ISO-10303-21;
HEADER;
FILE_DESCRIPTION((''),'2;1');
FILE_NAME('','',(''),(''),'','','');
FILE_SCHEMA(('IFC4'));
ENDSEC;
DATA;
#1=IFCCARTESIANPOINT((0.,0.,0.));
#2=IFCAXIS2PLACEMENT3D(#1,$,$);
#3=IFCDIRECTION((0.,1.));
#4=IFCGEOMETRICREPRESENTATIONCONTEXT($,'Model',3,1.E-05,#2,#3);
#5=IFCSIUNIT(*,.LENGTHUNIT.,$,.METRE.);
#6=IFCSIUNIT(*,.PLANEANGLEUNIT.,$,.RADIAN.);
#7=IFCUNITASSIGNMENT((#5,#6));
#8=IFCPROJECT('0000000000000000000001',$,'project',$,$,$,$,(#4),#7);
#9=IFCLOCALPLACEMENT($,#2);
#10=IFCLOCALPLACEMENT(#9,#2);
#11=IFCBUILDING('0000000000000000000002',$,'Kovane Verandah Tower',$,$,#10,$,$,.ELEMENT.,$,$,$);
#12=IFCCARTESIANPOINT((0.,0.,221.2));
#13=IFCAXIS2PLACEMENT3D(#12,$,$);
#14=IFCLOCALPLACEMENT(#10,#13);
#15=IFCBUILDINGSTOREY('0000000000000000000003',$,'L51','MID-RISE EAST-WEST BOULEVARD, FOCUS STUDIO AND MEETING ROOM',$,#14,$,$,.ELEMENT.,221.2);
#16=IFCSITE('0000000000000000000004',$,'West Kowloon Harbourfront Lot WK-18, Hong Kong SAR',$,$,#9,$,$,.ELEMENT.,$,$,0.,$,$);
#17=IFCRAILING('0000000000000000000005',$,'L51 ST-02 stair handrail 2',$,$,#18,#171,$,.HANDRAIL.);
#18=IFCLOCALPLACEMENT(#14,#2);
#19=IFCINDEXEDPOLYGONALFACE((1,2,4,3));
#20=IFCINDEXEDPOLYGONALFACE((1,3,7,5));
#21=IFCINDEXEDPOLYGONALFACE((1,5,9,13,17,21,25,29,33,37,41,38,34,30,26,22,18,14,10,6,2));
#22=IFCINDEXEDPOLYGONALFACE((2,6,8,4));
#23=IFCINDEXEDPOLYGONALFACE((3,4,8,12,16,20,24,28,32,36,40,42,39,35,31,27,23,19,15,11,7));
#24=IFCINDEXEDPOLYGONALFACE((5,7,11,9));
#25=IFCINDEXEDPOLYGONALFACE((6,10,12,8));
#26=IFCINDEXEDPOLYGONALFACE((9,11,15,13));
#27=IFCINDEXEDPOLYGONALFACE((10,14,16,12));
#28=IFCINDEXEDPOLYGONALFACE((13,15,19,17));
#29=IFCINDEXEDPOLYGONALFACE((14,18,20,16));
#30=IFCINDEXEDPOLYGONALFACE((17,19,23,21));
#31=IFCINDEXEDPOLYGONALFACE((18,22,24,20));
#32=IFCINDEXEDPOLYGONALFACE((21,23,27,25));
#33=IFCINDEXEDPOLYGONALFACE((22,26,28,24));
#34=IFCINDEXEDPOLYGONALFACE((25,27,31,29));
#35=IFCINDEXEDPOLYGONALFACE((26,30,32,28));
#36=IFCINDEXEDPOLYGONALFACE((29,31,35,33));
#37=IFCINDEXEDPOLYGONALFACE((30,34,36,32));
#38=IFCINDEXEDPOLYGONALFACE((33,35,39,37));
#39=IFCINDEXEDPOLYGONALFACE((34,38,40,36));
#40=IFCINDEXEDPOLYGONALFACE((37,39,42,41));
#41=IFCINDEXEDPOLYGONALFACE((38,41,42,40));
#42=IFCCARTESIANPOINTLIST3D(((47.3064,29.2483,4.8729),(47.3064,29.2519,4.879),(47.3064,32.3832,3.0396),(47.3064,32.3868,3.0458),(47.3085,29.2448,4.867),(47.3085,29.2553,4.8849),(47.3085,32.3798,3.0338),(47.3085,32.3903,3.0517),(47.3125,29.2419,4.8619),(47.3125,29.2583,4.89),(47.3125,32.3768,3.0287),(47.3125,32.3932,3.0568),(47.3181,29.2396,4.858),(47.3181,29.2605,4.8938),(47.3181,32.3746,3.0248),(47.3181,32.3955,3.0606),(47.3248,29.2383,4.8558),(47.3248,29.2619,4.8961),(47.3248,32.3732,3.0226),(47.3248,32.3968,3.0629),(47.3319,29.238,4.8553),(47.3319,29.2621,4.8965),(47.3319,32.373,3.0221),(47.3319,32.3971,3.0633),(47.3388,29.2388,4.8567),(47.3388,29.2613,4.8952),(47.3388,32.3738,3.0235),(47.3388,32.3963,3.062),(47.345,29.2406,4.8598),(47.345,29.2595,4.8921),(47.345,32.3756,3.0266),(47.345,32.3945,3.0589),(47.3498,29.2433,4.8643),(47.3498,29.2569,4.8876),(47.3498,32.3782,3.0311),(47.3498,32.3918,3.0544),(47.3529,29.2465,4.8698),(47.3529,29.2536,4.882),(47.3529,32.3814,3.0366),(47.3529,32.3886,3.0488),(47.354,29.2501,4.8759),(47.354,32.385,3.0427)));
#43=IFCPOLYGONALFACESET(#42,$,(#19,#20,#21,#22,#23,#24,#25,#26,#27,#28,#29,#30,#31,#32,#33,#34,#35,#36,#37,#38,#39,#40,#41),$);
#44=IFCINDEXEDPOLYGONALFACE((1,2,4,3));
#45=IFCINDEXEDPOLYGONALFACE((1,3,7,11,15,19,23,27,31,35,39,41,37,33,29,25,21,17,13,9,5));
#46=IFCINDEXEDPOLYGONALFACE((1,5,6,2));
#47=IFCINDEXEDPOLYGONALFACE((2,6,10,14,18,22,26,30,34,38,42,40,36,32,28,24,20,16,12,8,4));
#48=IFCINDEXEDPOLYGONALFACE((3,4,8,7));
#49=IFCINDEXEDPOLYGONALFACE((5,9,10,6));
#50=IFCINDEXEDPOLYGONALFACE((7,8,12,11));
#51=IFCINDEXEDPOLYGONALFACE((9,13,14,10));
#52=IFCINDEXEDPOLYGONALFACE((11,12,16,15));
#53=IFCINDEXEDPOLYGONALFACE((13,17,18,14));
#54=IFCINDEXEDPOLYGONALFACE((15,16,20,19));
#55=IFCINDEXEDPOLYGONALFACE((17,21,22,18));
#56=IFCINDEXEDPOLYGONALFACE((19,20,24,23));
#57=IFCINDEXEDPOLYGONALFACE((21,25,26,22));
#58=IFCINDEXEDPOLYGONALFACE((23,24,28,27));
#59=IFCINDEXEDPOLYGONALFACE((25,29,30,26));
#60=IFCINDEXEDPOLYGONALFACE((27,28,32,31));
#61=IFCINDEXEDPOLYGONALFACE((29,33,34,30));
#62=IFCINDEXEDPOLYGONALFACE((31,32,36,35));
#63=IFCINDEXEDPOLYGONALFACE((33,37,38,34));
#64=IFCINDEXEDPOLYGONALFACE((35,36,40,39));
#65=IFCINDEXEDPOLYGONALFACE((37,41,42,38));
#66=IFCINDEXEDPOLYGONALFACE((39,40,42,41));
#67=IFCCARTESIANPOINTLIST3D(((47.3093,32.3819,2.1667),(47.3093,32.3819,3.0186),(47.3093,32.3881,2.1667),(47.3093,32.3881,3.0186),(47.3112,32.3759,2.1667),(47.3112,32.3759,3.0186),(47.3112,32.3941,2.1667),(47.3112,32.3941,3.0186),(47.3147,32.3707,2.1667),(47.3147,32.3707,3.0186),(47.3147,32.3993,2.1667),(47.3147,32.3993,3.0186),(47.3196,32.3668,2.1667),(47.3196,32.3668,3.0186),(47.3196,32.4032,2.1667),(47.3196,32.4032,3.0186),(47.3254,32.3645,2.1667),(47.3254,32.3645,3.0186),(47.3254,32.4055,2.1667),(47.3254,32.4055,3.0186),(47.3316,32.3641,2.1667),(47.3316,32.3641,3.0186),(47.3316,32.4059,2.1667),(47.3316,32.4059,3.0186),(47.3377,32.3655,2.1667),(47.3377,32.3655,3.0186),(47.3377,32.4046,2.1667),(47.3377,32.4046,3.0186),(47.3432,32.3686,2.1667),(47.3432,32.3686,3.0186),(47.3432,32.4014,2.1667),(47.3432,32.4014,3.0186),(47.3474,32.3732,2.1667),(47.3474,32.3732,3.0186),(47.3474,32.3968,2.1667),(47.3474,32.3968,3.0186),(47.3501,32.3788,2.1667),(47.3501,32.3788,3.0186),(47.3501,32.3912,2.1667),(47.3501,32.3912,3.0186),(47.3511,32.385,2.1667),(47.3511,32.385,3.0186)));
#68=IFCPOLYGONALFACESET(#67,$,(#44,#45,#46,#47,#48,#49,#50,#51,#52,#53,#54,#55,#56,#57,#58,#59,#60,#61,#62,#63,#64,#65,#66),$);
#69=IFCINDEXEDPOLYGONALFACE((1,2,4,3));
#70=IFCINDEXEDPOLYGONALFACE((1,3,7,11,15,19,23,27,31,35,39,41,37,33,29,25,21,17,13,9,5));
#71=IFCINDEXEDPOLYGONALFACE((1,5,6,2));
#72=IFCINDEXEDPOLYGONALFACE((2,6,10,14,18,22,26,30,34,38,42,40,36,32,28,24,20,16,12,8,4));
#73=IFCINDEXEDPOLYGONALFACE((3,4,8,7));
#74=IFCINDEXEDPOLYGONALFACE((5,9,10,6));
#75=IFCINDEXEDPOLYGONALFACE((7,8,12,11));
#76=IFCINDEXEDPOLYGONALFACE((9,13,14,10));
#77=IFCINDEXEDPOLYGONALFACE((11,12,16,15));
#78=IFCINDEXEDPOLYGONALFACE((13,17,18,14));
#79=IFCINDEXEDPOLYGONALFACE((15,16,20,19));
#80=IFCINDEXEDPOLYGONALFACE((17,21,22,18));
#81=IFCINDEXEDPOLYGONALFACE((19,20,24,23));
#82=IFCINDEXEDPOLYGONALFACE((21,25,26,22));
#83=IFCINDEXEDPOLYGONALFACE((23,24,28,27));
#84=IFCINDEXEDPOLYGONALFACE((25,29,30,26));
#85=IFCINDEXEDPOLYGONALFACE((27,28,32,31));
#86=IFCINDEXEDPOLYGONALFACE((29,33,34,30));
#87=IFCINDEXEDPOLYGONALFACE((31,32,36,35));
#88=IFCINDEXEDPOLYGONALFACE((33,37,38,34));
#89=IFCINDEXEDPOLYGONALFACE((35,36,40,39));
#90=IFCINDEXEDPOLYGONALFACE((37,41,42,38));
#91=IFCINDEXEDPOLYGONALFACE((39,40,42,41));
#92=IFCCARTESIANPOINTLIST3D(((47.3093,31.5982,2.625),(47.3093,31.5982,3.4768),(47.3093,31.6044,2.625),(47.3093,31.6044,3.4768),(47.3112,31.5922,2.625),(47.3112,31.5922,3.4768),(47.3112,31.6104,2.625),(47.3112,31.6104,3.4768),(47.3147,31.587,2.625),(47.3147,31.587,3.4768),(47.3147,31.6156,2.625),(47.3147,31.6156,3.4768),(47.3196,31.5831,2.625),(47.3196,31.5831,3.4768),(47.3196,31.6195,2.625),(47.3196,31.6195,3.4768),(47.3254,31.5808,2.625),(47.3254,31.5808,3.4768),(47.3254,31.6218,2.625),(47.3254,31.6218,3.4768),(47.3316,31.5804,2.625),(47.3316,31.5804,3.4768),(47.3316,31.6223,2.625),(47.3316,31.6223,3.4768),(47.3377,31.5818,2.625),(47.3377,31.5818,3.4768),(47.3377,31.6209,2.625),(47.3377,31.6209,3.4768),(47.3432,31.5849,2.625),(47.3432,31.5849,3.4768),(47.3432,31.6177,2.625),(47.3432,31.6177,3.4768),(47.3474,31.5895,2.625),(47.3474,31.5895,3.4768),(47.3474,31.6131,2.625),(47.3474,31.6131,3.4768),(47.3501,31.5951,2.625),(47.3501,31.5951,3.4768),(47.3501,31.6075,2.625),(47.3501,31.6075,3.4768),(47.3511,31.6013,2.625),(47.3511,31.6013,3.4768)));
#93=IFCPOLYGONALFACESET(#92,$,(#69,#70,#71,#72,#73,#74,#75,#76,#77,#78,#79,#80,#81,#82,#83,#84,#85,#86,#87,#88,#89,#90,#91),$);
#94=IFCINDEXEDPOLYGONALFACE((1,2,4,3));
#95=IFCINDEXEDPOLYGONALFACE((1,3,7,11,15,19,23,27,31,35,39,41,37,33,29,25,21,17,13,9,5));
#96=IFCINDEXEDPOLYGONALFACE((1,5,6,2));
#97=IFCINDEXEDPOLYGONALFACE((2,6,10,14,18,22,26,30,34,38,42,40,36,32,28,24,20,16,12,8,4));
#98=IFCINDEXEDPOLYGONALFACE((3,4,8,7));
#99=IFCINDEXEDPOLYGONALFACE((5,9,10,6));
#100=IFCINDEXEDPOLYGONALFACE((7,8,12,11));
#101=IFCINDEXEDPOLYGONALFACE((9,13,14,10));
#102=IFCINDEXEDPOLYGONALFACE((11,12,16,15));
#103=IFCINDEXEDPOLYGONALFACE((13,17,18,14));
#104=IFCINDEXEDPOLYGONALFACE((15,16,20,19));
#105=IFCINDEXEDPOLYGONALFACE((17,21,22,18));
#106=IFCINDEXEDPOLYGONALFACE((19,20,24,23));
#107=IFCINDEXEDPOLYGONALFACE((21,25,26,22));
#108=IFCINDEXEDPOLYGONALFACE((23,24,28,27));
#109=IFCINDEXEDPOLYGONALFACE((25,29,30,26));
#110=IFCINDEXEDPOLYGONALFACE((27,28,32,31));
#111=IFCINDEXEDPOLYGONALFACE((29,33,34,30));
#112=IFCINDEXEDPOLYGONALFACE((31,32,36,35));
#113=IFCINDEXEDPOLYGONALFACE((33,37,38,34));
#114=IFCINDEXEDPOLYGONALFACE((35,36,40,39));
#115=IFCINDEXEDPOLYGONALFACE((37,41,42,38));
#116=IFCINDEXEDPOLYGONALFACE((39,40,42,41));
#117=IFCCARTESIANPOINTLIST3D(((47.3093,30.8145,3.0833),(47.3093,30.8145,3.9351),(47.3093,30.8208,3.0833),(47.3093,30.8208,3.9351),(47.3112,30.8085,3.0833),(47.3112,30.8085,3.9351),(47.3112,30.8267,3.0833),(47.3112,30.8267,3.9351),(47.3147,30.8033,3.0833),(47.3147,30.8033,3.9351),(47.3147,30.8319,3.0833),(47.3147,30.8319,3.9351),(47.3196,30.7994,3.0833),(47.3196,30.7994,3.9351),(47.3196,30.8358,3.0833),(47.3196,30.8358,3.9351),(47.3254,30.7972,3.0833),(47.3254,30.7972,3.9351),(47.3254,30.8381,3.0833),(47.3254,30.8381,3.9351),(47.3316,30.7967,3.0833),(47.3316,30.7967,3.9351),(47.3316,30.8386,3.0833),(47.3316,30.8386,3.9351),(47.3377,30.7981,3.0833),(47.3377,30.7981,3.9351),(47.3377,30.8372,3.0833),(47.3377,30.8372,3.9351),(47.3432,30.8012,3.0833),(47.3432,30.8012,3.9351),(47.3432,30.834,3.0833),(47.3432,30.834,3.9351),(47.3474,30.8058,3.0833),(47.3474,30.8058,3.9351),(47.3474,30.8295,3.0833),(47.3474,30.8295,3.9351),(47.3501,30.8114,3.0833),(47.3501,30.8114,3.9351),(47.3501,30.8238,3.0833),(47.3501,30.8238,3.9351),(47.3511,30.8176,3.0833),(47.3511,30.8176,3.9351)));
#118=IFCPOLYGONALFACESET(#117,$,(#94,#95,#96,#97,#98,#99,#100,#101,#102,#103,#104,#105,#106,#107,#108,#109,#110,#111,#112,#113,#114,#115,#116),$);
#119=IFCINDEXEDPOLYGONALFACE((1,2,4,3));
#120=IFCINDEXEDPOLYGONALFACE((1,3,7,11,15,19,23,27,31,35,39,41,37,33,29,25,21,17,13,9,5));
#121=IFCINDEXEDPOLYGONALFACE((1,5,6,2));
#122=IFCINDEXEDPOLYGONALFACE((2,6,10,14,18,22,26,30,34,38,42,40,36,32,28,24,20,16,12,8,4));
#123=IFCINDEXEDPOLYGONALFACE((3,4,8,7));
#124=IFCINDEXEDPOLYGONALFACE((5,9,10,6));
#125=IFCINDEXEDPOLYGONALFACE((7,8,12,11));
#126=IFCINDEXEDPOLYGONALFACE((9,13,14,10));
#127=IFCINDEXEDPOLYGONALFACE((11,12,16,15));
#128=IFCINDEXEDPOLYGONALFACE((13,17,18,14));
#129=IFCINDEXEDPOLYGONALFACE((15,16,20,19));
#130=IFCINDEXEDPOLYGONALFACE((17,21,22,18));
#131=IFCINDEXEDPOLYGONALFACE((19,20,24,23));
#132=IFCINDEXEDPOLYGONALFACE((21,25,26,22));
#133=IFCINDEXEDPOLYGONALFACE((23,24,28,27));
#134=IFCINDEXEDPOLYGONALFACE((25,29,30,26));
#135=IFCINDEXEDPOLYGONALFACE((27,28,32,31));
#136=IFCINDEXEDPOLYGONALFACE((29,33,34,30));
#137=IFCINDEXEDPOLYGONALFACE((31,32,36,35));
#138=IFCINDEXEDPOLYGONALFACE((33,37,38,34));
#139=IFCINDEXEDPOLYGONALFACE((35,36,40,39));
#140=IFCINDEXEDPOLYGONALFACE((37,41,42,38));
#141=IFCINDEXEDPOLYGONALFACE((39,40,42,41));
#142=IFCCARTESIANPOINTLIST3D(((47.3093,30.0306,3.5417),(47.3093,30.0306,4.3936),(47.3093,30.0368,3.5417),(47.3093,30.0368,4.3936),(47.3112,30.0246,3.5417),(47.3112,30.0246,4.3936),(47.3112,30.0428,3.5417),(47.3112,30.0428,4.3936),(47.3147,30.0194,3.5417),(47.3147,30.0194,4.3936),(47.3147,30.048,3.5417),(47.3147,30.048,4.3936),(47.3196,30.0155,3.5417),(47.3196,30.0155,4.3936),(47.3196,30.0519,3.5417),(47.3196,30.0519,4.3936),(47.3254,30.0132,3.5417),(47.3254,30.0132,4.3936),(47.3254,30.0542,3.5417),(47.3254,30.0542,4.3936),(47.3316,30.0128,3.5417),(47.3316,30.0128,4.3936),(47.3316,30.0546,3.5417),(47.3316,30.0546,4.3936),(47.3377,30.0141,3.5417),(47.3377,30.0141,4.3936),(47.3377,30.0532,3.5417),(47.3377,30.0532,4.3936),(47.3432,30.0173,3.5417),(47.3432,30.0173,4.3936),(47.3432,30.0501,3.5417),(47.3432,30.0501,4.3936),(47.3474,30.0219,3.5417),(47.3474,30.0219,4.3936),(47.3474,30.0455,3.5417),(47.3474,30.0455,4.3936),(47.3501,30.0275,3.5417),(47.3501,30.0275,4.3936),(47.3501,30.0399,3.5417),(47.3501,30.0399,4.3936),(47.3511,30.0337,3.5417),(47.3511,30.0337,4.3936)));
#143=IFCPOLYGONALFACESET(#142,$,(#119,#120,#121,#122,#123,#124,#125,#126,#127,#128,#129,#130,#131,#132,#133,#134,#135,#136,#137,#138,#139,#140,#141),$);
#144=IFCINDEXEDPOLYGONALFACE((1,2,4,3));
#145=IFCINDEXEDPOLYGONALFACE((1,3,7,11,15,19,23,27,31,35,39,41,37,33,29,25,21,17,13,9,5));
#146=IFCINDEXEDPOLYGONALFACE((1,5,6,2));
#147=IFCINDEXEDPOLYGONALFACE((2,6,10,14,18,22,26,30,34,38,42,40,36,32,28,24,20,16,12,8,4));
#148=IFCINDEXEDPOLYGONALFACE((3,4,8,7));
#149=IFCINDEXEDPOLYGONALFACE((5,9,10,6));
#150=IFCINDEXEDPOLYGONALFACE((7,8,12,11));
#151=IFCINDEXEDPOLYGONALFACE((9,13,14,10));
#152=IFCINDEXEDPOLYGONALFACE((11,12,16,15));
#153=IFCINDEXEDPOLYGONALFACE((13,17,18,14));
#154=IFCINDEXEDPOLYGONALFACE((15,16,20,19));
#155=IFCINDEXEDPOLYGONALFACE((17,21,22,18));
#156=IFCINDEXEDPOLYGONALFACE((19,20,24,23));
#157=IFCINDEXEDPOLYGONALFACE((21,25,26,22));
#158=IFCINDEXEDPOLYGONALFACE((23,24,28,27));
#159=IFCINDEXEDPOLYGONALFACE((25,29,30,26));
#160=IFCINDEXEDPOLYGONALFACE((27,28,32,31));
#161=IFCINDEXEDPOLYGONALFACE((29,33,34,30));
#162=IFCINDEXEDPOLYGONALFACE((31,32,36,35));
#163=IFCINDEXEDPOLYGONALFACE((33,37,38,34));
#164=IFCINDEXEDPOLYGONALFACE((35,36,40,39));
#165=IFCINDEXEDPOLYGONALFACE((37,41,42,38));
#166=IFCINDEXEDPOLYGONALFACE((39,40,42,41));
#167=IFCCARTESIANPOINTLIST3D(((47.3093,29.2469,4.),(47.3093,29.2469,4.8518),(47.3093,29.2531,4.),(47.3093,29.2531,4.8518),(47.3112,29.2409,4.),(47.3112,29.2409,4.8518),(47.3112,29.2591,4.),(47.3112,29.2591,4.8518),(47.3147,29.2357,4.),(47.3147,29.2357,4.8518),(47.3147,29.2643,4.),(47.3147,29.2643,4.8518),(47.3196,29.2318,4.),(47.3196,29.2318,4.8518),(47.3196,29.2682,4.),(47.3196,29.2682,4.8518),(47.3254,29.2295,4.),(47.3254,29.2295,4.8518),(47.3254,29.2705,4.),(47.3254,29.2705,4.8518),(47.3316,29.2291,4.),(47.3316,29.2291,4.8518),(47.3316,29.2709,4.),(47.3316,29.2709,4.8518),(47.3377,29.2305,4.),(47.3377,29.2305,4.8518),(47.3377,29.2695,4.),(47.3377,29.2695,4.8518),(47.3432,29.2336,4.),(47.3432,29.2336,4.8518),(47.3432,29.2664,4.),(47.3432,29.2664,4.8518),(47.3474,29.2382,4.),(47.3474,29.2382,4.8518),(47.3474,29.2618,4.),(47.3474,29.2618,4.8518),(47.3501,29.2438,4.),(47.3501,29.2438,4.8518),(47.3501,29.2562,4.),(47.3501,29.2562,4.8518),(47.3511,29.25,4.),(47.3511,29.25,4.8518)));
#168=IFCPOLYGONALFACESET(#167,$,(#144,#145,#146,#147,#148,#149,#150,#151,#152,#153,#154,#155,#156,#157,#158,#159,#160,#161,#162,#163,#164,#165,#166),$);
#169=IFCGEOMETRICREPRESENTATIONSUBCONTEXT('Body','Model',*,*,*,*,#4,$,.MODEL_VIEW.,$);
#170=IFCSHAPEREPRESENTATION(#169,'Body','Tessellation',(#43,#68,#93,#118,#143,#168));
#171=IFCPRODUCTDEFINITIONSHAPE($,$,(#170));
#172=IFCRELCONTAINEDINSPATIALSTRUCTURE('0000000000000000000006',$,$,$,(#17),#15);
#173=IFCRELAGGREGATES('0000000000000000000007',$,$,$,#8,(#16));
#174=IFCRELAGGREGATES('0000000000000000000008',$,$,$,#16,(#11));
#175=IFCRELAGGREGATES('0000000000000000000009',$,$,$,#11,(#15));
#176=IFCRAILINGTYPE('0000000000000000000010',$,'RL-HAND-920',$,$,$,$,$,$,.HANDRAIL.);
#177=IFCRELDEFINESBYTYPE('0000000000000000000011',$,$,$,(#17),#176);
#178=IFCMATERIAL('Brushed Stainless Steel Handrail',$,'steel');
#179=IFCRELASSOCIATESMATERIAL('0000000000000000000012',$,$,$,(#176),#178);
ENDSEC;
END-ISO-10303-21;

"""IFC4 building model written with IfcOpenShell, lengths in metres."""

from ifc_helpers import new_model, si_unit, direction, frame, origin, origin_2d, place, context, subcontext, project, spatial, circle, extrude, material, type_object, element, save


model = new_model("IFC4")

# Units and contexts
model_context = context("Model", 3, precision=1e-05, world=origin(), true_north=direction((0.0, 1.0)))
body_context = subcontext(model_context, "Body", "Model", "MODEL_VIEW")
ifc_project = project(units=[si_unit("LENGTHUNIT", "METRE"), si_unit("PLANEANGLEUNIT", "RADIAN")], contexts=[model_context])

# Site, building, storey
site_placement = place(None, origin())
site = spatial("IfcSite", under=ifc_project, at=site_placement, Name="West Kowloon Harbourfront Lot WK-18, Hong Kong SAR", CompositionType="ELEMENT", RefElevation=0.0)
building_placement = place(site_placement, origin())
building = spatial("IfcBuilding", under=site, at=building_placement, Name="Kovane Verandah Tower", CompositionType="ELEMENT")
storey_placement = place(building_placement, frame((0.0, 0.0, 221.2)))
storey = spatial("IfcBuildingStorey", under=building, at=storey_placement, Name="L51", Description="MID-RISE EAST-WEST BOULEVARD, FOCUS STUDIO AND MEETING ROOM", CompositionType="ELEMENT", Elevation=221.2)

# Railing
ifc_material_1 = material(Name="Brushed Stainless Steel Handrail", Category="steel")
railing_type_1 = type_object("IfcRailingType", Name="RL-HAND-920", PredefinedType="HANDRAIL", material=ifc_material_1)
railing_1_placement = place(storey_placement, frame((47.3301, 32.385, 2.1667)))
element("IfcRailing", 1, at=railing_1_placement, inside=storey, type_object=railing_type_1, Name="L51 ST-02 stair handrail 2", PredefinedType="HANDRAIL", context=body_context, shape_type="SweptSolid", body=[
    extrude(circle(Radius=0.0239, at=origin_2d()), frame((0.0, 0.0, 0.876), z_axis=(0.0, -0.86324, 0.504794), x_axis=(1.0, 0.0, 0.0)), (0.0, 0.0, 1.0), 3.6316),
    extrude(circle(Radius=0.021, at=origin_2d()), origin(), (0.0, 0.0, 1.0), 0.8518),
    extrude(circle(Radius=0.021, at=origin_2d()), frame((0.0, -0.7837, 0.4583)), (0.0, 0.0, 1.0), 0.8518),
    extrude(circle(Radius=0.021, at=origin_2d()), frame((0.0, -1.5674, 0.9165)), (0.0, 0.0, 1.0), 0.8518),
    extrude(circle(Radius=0.021, at=origin_2d()), frame((0.0, -2.3513, 1.375)), (0.0, 0.0, 1.0), 0.8518),
    extrude(circle(Radius=0.021, at=origin_2d()), frame((0.0, -3.135, 1.8333)), (0.0, 0.0, 1.0), 0.8518),
])

save(model, "model.ifc")
